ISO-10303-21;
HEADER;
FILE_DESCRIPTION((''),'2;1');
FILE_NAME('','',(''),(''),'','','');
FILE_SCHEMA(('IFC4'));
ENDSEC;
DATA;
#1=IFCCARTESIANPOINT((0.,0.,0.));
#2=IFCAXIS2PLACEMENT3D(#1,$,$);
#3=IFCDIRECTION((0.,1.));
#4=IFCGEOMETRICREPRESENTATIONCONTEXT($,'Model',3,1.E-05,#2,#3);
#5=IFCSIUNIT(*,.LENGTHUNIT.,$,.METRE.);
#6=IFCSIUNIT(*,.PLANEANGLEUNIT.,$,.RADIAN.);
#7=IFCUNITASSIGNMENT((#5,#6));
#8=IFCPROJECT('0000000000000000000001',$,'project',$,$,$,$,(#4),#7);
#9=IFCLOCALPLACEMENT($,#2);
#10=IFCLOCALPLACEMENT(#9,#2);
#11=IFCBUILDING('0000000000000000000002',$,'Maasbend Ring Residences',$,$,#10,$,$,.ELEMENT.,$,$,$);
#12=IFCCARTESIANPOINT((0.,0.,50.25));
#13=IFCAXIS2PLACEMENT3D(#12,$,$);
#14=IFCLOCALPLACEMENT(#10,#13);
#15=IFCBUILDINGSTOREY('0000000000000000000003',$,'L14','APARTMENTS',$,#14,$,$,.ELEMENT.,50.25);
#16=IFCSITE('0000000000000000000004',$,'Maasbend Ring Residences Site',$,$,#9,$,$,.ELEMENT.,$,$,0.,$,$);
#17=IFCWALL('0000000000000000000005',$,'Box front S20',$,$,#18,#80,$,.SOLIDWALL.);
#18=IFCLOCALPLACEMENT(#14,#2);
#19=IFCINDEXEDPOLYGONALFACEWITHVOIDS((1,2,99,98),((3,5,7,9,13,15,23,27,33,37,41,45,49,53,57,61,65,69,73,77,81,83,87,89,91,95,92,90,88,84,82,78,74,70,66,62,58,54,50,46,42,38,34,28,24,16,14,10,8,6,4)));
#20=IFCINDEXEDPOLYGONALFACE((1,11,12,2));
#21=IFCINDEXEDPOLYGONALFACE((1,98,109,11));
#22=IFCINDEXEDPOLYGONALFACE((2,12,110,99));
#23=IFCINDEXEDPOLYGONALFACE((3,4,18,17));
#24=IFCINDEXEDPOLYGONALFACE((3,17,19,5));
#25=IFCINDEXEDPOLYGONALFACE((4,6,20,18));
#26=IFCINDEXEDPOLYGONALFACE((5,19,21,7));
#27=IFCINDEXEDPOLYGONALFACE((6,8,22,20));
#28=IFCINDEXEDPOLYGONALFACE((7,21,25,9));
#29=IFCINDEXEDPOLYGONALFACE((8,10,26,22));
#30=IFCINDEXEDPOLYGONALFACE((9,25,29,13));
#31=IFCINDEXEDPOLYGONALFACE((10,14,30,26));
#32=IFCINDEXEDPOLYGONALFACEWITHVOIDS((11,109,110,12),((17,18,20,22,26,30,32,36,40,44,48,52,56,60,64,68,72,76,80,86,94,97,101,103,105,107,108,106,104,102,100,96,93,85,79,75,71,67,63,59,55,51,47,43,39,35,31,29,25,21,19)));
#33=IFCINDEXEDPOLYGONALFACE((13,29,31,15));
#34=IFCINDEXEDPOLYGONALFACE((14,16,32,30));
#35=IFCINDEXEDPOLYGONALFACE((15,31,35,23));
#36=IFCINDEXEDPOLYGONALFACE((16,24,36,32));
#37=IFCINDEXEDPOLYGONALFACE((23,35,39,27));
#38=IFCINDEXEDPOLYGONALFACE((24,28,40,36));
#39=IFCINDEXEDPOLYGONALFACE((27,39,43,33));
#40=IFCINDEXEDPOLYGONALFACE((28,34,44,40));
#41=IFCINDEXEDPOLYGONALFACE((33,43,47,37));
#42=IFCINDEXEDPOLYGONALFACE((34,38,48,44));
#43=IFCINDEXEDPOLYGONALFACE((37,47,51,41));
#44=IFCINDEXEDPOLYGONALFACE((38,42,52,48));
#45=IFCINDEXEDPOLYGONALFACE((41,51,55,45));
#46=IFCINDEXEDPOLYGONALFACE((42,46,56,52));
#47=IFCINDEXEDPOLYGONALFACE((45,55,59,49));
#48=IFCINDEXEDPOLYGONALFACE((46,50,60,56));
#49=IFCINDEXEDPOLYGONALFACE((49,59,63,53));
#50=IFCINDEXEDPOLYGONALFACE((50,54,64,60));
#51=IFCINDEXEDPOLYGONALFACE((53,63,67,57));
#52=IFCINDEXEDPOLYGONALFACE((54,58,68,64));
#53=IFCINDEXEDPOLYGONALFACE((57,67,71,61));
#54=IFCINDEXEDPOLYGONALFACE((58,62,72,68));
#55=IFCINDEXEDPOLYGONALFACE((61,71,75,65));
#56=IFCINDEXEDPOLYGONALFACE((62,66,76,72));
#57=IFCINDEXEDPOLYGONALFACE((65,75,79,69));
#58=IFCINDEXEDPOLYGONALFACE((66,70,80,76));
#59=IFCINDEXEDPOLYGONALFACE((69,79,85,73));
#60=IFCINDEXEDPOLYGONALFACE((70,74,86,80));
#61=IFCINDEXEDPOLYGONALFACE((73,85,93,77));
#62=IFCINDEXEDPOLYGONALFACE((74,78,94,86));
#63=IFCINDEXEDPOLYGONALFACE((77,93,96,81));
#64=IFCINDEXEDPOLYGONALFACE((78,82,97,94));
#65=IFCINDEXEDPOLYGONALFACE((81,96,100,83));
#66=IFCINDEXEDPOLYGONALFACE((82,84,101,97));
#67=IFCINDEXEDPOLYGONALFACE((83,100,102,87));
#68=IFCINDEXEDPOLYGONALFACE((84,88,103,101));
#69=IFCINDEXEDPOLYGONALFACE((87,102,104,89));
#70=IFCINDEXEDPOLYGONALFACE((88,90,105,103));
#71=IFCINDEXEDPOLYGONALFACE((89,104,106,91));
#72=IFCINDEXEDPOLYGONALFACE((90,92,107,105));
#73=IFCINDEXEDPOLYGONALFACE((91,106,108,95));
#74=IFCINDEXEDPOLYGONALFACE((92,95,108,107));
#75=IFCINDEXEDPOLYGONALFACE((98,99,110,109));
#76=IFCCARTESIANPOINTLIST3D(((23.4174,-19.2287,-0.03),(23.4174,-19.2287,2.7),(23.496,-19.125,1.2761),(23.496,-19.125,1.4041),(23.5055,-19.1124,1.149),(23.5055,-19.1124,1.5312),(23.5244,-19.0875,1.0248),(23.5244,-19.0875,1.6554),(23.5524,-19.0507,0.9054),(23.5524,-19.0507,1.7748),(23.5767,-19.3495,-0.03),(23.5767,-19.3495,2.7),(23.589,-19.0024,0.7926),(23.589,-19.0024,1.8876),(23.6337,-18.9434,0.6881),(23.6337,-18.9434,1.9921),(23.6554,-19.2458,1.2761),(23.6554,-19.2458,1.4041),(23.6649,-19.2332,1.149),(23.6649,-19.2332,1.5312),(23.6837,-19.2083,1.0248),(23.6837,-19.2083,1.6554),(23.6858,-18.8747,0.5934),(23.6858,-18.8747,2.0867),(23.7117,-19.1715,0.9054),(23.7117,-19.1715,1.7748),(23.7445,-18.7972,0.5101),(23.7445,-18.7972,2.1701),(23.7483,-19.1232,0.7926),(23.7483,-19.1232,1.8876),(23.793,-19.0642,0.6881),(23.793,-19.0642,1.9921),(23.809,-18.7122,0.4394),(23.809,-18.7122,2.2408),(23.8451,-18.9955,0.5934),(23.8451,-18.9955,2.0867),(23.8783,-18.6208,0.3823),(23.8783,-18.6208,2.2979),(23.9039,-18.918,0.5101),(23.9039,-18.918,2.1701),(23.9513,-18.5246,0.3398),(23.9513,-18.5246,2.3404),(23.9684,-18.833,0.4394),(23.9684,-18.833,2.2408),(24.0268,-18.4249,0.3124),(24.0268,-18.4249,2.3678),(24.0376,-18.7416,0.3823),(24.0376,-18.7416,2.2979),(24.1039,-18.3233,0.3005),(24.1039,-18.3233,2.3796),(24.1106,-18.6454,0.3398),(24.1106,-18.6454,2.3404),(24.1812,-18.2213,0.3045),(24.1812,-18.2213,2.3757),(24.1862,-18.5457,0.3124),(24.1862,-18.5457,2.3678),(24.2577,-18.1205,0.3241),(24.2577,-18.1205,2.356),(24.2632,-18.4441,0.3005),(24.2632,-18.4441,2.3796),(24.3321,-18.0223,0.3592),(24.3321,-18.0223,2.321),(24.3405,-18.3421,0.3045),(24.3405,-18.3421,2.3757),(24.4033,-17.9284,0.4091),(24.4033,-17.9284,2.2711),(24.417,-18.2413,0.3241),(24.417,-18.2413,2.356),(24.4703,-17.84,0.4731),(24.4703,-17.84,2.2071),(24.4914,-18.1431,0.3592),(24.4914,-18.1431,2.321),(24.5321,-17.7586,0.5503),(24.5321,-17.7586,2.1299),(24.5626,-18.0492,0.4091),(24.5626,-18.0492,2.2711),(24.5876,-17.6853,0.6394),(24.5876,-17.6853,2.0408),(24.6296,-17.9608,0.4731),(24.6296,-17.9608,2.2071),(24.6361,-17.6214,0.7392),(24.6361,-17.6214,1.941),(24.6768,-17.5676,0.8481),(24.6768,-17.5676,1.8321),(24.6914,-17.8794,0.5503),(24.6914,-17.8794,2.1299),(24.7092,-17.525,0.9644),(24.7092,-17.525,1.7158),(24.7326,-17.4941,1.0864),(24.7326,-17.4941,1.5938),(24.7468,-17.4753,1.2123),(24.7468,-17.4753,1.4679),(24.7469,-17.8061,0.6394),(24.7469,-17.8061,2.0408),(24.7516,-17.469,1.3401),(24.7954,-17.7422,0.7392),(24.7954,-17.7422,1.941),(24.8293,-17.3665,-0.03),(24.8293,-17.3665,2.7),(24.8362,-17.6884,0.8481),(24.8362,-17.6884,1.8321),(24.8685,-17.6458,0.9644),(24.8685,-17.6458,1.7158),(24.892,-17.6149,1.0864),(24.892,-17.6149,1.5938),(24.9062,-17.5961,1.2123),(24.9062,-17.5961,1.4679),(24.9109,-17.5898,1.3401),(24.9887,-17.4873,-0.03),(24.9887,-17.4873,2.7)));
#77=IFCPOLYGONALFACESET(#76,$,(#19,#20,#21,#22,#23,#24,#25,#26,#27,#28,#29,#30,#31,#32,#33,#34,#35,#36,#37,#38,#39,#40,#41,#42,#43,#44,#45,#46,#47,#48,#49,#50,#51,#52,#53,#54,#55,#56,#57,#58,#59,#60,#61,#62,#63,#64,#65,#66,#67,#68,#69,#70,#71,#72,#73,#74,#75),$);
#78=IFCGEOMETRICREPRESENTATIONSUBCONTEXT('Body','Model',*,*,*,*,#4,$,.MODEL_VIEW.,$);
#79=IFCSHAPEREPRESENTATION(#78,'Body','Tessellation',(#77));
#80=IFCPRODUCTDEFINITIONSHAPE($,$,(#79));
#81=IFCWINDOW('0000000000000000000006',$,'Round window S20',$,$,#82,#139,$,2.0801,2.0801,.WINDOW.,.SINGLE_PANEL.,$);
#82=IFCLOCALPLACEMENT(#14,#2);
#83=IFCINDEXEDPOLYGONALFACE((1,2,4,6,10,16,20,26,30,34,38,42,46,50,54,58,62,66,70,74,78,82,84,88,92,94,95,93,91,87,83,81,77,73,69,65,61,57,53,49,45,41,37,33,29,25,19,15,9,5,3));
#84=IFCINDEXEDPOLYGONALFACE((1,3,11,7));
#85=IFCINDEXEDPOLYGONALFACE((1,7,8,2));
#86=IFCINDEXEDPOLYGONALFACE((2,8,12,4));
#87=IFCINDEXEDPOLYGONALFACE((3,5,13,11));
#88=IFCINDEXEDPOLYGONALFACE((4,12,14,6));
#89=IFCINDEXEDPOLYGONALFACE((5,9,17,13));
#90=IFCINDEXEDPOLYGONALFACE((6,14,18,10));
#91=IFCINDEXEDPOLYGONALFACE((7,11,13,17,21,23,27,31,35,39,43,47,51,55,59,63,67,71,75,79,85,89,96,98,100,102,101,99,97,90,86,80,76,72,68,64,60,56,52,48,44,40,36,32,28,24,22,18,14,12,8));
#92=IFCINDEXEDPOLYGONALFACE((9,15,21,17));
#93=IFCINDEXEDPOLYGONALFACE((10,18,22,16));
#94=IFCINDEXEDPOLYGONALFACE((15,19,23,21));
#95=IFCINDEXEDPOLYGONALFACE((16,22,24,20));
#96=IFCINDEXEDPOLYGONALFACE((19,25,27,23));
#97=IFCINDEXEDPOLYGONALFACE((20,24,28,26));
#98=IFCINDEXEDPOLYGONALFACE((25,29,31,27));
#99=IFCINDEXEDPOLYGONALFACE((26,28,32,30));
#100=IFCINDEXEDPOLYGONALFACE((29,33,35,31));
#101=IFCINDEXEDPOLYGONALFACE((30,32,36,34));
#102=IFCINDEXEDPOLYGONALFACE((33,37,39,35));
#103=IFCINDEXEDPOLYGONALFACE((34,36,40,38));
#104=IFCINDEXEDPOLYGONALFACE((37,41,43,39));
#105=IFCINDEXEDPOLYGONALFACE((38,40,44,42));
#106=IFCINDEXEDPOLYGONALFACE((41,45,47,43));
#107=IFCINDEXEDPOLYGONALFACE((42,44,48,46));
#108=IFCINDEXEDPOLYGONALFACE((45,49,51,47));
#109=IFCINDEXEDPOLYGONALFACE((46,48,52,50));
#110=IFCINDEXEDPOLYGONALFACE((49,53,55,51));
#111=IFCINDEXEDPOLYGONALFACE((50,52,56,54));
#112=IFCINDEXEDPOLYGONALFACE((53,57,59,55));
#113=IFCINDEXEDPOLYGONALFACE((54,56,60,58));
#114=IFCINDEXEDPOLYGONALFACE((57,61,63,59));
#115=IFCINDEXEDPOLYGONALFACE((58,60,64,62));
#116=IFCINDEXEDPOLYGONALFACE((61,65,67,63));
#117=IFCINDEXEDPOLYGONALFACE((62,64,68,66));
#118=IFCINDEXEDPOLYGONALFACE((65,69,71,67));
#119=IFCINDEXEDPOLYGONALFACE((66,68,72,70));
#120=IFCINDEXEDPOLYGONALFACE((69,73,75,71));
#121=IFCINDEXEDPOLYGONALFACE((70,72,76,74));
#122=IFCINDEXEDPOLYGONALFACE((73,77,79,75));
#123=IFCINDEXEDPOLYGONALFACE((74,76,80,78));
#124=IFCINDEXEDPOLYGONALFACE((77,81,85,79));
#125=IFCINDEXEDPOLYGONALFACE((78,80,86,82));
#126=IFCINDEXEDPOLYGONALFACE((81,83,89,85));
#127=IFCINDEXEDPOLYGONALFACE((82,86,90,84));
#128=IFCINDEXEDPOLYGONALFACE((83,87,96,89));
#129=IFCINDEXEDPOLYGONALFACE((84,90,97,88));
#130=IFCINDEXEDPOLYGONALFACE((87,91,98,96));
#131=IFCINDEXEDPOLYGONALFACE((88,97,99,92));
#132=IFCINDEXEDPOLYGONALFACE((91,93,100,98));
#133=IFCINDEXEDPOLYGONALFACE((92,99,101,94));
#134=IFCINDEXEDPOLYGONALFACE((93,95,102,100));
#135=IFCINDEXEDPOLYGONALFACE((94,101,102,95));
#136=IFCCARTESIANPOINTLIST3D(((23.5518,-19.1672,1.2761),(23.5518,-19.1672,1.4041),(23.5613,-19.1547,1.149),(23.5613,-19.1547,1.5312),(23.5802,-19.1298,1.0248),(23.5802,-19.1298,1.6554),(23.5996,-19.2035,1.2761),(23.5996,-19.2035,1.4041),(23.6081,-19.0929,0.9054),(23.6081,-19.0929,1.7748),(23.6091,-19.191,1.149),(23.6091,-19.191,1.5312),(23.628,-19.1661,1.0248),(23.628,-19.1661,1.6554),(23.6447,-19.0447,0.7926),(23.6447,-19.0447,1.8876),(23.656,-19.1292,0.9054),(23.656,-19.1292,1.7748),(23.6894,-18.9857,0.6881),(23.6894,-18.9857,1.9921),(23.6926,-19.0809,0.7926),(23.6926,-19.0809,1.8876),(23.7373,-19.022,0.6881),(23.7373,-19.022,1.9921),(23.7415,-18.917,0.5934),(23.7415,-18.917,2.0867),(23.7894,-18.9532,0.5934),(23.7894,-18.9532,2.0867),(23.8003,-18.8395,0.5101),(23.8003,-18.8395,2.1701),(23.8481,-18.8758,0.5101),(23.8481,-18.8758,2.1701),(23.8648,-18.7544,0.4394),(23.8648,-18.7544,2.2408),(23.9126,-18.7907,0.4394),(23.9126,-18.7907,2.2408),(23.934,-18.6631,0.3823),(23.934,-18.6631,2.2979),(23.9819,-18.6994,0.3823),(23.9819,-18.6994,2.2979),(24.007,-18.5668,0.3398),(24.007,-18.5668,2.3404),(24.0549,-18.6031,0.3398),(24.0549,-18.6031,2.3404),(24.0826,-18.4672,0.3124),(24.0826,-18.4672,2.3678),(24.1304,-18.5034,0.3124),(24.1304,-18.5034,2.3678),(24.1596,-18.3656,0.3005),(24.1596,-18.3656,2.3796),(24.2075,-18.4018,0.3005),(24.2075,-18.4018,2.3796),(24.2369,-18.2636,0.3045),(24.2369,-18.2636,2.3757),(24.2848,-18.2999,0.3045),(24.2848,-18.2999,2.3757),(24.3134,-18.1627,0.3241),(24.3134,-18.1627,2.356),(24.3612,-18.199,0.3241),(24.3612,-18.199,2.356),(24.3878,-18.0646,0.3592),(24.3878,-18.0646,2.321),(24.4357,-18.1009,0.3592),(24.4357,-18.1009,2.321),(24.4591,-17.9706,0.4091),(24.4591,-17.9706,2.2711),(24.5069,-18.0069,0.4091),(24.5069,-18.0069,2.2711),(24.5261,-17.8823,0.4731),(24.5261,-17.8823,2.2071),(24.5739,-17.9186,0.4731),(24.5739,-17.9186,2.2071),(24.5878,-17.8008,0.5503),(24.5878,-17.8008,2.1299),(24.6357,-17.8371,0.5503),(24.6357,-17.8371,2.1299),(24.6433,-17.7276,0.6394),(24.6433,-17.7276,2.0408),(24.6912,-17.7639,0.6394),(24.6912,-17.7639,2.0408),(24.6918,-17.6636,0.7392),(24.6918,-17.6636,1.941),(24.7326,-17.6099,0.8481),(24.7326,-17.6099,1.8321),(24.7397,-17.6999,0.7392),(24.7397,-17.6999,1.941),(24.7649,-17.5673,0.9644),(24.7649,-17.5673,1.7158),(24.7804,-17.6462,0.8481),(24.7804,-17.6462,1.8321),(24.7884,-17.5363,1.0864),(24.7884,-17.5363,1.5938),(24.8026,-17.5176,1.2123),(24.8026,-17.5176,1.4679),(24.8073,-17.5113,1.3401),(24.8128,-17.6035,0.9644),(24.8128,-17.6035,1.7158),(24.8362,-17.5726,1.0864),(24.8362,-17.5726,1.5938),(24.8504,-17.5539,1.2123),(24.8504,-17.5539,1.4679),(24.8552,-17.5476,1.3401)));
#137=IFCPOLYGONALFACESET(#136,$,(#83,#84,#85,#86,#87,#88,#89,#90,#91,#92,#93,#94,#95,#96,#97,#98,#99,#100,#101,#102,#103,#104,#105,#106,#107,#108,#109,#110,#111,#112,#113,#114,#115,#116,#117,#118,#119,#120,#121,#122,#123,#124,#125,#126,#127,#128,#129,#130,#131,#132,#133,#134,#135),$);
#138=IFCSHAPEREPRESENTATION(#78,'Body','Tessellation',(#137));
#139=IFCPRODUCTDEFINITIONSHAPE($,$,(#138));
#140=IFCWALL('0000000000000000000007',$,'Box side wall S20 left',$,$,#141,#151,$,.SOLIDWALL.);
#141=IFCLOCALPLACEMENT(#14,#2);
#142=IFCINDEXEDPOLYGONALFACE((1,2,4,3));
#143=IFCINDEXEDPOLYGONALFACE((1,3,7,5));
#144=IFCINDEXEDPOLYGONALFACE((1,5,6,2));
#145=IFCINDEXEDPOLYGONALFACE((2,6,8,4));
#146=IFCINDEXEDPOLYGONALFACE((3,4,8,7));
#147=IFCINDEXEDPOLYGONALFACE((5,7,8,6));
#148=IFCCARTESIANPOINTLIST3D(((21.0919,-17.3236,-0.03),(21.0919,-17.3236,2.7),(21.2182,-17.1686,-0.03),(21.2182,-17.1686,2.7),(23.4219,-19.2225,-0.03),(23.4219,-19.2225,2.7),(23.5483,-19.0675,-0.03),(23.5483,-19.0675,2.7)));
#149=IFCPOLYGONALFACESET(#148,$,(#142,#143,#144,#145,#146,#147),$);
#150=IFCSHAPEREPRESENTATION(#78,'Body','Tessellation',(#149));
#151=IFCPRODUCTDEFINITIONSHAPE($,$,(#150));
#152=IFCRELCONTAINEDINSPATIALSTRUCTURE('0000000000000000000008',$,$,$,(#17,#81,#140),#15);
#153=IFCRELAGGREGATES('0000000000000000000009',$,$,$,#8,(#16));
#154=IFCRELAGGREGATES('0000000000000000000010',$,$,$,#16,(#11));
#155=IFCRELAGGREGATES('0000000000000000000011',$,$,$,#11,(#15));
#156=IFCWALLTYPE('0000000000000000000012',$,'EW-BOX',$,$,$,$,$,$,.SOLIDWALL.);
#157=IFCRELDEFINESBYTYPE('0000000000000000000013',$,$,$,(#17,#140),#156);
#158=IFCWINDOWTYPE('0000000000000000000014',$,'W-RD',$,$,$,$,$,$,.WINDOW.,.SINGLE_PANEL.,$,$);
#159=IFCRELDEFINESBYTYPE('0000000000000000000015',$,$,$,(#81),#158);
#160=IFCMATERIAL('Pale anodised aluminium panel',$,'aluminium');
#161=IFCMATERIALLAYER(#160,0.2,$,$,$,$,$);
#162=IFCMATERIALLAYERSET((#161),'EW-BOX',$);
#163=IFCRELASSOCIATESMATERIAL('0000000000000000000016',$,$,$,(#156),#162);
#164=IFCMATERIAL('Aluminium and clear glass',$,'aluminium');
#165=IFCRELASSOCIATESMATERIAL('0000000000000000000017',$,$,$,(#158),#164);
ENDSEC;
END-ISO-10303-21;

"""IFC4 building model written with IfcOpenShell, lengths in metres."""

from ifc_helpers import new_model, si_unit, direction, frame, frame_2d, origin, place, context, subcontext, project, spatial, rectangle, circle, extrude, material, layer, layer_set, type_object, element, fill, save


model = new_model("IFC4")

# Units and contexts
model_context = context("Model", 3, precision=1e-05, world=origin(), true_north=direction((0.0, 1.0)))
body_context = subcontext(model_context, "Body", "Model", "MODEL_VIEW")
ifc_project = project(units=[si_unit("LENGTHUNIT", "METRE"), si_unit("PLANEANGLEUNIT", "RADIAN")], contexts=[model_context])

# Site, building, storey
site_placement = place(None, origin())
site = spatial("IfcSite", under=ifc_project, at=site_placement, Name="Maasbend Ring Residences Site", CompositionType="ELEMENT", RefElevation=0.0)
building_placement = place(site_placement, origin())
building = spatial("IfcBuilding", under=site, at=building_placement, Name="Maasbend Ring Residences", CompositionType="ELEMENT")
storey_placement = place(building_placement, frame((0.0, 0.0, 50.25)))
storey = spatial("IfcBuildingStorey", under=building, at=storey_placement, Name="L14", Description="APARTMENTS", CompositionType="ELEMENT", Elevation=50.25)

# Shared definitions
ifc_material_1 = material(Name="Pale anodised aluminium panel", Category="aluminium")
ifc_layer_1 = layer(ifc_material_1, 0.2)
ifc_layer_set_1 = layer_set([ifc_layer_1], Name="EW-BOX")
wall_type_1 = type_object("IfcWallType", Name="EW-BOX", PredefinedType="SOLIDWALL", material=ifc_layer_set_1)
ifc_material_2 = material(Name="Aluminium and clear glass", Category="aluminium")
window_type_1 = type_object("IfcWindowType", Name="W-RD", PartitioningType="SINGLE_PANEL", PredefinedType="WINDOW", material=ifc_material_2)

# Wall, opening, window
wall_1_placement = place(storey_placement, frame((23.4971, -19.2891, -0.03), z_axis=(0.0, 0.0, 1.0), x_axis=(0.604188, 0.796842, 0.0)))
wall_1 = element("IfcWall", 1, at=wall_1_placement, inside=storey, type_object=wall_type_1, Name="Box front S20", PredefinedType="SOLIDWALL", context=body_context, shape_type="SweptSolid", body=[
    extrude(rectangle(XDim=2.3369, YDim=0.2, at=frame_2d((1.1685, 0.0))), origin(), (0.0, 0.0, 1.0), 2.73),
])
opening_1_placement = place(wall_1_placement, frame((0.1282, 0.0, 0.3301)))
opening_1 = element("IfcOpeningElement", 2, at=opening_1_placement, cuts=wall_1, PredefinedType="OPENING", context=body_context, shape_type="SweptSolid", body=[
    extrude(circle(Radius=1.04, at=frame_2d((1.04, 1.04))), frame((0.0, 0.1099, 0.0), z_axis=(0.0, -1.0, 0.0), x_axis=(1.0, 0.0, 0.0)), (0.0, 0.0, 1.0), 0.22),
])
window_1_placement = place(opening_1_placement, origin())
window_1 = element("IfcWindow", 3, at=window_1_placement, inside=storey, type_object=window_type_1, Name="Round window S20", OverallHeight=2.0801, OverallWidth=2.0801, PartitioningType="SINGLE_PANEL", PredefinedType="WINDOW", context=body_context, shape_type="SweptSolid", body=[
    extrude(circle(Radius=1.04, at=frame_2d((1.04, 1.04))), frame((0.0, 0.03, 0.0), z_axis=(0.0, -1.0, 0.0), x_axis=(1.0, 0.0, 0.0)), (0.0, 0.0, 1.0), 0.0601),
])
fill(opening_1, window_1)

# Wall
wall_2_placement = place(storey_placement, frame((21.155, -17.2461, -0.03), z_axis=(0.0, 0.0, 1.0), x_axis=(0.775179, -0.631742, 0.0)))
element("IfcWall", 4, at=wall_2_placement, inside=storey, type_object=wall_type_1, Name="Box side wall S20 left", PredefinedType="SOLIDWALL", context=body_context, shape_type="SweptSolid", body=[
    extrude(rectangle(XDim=3.0059, YDim=0.2, at=frame_2d((1.5029, 0.0))), origin(), (0.0, 0.0, 1.0), 2.73),
])

save(model, "model.ifc")
